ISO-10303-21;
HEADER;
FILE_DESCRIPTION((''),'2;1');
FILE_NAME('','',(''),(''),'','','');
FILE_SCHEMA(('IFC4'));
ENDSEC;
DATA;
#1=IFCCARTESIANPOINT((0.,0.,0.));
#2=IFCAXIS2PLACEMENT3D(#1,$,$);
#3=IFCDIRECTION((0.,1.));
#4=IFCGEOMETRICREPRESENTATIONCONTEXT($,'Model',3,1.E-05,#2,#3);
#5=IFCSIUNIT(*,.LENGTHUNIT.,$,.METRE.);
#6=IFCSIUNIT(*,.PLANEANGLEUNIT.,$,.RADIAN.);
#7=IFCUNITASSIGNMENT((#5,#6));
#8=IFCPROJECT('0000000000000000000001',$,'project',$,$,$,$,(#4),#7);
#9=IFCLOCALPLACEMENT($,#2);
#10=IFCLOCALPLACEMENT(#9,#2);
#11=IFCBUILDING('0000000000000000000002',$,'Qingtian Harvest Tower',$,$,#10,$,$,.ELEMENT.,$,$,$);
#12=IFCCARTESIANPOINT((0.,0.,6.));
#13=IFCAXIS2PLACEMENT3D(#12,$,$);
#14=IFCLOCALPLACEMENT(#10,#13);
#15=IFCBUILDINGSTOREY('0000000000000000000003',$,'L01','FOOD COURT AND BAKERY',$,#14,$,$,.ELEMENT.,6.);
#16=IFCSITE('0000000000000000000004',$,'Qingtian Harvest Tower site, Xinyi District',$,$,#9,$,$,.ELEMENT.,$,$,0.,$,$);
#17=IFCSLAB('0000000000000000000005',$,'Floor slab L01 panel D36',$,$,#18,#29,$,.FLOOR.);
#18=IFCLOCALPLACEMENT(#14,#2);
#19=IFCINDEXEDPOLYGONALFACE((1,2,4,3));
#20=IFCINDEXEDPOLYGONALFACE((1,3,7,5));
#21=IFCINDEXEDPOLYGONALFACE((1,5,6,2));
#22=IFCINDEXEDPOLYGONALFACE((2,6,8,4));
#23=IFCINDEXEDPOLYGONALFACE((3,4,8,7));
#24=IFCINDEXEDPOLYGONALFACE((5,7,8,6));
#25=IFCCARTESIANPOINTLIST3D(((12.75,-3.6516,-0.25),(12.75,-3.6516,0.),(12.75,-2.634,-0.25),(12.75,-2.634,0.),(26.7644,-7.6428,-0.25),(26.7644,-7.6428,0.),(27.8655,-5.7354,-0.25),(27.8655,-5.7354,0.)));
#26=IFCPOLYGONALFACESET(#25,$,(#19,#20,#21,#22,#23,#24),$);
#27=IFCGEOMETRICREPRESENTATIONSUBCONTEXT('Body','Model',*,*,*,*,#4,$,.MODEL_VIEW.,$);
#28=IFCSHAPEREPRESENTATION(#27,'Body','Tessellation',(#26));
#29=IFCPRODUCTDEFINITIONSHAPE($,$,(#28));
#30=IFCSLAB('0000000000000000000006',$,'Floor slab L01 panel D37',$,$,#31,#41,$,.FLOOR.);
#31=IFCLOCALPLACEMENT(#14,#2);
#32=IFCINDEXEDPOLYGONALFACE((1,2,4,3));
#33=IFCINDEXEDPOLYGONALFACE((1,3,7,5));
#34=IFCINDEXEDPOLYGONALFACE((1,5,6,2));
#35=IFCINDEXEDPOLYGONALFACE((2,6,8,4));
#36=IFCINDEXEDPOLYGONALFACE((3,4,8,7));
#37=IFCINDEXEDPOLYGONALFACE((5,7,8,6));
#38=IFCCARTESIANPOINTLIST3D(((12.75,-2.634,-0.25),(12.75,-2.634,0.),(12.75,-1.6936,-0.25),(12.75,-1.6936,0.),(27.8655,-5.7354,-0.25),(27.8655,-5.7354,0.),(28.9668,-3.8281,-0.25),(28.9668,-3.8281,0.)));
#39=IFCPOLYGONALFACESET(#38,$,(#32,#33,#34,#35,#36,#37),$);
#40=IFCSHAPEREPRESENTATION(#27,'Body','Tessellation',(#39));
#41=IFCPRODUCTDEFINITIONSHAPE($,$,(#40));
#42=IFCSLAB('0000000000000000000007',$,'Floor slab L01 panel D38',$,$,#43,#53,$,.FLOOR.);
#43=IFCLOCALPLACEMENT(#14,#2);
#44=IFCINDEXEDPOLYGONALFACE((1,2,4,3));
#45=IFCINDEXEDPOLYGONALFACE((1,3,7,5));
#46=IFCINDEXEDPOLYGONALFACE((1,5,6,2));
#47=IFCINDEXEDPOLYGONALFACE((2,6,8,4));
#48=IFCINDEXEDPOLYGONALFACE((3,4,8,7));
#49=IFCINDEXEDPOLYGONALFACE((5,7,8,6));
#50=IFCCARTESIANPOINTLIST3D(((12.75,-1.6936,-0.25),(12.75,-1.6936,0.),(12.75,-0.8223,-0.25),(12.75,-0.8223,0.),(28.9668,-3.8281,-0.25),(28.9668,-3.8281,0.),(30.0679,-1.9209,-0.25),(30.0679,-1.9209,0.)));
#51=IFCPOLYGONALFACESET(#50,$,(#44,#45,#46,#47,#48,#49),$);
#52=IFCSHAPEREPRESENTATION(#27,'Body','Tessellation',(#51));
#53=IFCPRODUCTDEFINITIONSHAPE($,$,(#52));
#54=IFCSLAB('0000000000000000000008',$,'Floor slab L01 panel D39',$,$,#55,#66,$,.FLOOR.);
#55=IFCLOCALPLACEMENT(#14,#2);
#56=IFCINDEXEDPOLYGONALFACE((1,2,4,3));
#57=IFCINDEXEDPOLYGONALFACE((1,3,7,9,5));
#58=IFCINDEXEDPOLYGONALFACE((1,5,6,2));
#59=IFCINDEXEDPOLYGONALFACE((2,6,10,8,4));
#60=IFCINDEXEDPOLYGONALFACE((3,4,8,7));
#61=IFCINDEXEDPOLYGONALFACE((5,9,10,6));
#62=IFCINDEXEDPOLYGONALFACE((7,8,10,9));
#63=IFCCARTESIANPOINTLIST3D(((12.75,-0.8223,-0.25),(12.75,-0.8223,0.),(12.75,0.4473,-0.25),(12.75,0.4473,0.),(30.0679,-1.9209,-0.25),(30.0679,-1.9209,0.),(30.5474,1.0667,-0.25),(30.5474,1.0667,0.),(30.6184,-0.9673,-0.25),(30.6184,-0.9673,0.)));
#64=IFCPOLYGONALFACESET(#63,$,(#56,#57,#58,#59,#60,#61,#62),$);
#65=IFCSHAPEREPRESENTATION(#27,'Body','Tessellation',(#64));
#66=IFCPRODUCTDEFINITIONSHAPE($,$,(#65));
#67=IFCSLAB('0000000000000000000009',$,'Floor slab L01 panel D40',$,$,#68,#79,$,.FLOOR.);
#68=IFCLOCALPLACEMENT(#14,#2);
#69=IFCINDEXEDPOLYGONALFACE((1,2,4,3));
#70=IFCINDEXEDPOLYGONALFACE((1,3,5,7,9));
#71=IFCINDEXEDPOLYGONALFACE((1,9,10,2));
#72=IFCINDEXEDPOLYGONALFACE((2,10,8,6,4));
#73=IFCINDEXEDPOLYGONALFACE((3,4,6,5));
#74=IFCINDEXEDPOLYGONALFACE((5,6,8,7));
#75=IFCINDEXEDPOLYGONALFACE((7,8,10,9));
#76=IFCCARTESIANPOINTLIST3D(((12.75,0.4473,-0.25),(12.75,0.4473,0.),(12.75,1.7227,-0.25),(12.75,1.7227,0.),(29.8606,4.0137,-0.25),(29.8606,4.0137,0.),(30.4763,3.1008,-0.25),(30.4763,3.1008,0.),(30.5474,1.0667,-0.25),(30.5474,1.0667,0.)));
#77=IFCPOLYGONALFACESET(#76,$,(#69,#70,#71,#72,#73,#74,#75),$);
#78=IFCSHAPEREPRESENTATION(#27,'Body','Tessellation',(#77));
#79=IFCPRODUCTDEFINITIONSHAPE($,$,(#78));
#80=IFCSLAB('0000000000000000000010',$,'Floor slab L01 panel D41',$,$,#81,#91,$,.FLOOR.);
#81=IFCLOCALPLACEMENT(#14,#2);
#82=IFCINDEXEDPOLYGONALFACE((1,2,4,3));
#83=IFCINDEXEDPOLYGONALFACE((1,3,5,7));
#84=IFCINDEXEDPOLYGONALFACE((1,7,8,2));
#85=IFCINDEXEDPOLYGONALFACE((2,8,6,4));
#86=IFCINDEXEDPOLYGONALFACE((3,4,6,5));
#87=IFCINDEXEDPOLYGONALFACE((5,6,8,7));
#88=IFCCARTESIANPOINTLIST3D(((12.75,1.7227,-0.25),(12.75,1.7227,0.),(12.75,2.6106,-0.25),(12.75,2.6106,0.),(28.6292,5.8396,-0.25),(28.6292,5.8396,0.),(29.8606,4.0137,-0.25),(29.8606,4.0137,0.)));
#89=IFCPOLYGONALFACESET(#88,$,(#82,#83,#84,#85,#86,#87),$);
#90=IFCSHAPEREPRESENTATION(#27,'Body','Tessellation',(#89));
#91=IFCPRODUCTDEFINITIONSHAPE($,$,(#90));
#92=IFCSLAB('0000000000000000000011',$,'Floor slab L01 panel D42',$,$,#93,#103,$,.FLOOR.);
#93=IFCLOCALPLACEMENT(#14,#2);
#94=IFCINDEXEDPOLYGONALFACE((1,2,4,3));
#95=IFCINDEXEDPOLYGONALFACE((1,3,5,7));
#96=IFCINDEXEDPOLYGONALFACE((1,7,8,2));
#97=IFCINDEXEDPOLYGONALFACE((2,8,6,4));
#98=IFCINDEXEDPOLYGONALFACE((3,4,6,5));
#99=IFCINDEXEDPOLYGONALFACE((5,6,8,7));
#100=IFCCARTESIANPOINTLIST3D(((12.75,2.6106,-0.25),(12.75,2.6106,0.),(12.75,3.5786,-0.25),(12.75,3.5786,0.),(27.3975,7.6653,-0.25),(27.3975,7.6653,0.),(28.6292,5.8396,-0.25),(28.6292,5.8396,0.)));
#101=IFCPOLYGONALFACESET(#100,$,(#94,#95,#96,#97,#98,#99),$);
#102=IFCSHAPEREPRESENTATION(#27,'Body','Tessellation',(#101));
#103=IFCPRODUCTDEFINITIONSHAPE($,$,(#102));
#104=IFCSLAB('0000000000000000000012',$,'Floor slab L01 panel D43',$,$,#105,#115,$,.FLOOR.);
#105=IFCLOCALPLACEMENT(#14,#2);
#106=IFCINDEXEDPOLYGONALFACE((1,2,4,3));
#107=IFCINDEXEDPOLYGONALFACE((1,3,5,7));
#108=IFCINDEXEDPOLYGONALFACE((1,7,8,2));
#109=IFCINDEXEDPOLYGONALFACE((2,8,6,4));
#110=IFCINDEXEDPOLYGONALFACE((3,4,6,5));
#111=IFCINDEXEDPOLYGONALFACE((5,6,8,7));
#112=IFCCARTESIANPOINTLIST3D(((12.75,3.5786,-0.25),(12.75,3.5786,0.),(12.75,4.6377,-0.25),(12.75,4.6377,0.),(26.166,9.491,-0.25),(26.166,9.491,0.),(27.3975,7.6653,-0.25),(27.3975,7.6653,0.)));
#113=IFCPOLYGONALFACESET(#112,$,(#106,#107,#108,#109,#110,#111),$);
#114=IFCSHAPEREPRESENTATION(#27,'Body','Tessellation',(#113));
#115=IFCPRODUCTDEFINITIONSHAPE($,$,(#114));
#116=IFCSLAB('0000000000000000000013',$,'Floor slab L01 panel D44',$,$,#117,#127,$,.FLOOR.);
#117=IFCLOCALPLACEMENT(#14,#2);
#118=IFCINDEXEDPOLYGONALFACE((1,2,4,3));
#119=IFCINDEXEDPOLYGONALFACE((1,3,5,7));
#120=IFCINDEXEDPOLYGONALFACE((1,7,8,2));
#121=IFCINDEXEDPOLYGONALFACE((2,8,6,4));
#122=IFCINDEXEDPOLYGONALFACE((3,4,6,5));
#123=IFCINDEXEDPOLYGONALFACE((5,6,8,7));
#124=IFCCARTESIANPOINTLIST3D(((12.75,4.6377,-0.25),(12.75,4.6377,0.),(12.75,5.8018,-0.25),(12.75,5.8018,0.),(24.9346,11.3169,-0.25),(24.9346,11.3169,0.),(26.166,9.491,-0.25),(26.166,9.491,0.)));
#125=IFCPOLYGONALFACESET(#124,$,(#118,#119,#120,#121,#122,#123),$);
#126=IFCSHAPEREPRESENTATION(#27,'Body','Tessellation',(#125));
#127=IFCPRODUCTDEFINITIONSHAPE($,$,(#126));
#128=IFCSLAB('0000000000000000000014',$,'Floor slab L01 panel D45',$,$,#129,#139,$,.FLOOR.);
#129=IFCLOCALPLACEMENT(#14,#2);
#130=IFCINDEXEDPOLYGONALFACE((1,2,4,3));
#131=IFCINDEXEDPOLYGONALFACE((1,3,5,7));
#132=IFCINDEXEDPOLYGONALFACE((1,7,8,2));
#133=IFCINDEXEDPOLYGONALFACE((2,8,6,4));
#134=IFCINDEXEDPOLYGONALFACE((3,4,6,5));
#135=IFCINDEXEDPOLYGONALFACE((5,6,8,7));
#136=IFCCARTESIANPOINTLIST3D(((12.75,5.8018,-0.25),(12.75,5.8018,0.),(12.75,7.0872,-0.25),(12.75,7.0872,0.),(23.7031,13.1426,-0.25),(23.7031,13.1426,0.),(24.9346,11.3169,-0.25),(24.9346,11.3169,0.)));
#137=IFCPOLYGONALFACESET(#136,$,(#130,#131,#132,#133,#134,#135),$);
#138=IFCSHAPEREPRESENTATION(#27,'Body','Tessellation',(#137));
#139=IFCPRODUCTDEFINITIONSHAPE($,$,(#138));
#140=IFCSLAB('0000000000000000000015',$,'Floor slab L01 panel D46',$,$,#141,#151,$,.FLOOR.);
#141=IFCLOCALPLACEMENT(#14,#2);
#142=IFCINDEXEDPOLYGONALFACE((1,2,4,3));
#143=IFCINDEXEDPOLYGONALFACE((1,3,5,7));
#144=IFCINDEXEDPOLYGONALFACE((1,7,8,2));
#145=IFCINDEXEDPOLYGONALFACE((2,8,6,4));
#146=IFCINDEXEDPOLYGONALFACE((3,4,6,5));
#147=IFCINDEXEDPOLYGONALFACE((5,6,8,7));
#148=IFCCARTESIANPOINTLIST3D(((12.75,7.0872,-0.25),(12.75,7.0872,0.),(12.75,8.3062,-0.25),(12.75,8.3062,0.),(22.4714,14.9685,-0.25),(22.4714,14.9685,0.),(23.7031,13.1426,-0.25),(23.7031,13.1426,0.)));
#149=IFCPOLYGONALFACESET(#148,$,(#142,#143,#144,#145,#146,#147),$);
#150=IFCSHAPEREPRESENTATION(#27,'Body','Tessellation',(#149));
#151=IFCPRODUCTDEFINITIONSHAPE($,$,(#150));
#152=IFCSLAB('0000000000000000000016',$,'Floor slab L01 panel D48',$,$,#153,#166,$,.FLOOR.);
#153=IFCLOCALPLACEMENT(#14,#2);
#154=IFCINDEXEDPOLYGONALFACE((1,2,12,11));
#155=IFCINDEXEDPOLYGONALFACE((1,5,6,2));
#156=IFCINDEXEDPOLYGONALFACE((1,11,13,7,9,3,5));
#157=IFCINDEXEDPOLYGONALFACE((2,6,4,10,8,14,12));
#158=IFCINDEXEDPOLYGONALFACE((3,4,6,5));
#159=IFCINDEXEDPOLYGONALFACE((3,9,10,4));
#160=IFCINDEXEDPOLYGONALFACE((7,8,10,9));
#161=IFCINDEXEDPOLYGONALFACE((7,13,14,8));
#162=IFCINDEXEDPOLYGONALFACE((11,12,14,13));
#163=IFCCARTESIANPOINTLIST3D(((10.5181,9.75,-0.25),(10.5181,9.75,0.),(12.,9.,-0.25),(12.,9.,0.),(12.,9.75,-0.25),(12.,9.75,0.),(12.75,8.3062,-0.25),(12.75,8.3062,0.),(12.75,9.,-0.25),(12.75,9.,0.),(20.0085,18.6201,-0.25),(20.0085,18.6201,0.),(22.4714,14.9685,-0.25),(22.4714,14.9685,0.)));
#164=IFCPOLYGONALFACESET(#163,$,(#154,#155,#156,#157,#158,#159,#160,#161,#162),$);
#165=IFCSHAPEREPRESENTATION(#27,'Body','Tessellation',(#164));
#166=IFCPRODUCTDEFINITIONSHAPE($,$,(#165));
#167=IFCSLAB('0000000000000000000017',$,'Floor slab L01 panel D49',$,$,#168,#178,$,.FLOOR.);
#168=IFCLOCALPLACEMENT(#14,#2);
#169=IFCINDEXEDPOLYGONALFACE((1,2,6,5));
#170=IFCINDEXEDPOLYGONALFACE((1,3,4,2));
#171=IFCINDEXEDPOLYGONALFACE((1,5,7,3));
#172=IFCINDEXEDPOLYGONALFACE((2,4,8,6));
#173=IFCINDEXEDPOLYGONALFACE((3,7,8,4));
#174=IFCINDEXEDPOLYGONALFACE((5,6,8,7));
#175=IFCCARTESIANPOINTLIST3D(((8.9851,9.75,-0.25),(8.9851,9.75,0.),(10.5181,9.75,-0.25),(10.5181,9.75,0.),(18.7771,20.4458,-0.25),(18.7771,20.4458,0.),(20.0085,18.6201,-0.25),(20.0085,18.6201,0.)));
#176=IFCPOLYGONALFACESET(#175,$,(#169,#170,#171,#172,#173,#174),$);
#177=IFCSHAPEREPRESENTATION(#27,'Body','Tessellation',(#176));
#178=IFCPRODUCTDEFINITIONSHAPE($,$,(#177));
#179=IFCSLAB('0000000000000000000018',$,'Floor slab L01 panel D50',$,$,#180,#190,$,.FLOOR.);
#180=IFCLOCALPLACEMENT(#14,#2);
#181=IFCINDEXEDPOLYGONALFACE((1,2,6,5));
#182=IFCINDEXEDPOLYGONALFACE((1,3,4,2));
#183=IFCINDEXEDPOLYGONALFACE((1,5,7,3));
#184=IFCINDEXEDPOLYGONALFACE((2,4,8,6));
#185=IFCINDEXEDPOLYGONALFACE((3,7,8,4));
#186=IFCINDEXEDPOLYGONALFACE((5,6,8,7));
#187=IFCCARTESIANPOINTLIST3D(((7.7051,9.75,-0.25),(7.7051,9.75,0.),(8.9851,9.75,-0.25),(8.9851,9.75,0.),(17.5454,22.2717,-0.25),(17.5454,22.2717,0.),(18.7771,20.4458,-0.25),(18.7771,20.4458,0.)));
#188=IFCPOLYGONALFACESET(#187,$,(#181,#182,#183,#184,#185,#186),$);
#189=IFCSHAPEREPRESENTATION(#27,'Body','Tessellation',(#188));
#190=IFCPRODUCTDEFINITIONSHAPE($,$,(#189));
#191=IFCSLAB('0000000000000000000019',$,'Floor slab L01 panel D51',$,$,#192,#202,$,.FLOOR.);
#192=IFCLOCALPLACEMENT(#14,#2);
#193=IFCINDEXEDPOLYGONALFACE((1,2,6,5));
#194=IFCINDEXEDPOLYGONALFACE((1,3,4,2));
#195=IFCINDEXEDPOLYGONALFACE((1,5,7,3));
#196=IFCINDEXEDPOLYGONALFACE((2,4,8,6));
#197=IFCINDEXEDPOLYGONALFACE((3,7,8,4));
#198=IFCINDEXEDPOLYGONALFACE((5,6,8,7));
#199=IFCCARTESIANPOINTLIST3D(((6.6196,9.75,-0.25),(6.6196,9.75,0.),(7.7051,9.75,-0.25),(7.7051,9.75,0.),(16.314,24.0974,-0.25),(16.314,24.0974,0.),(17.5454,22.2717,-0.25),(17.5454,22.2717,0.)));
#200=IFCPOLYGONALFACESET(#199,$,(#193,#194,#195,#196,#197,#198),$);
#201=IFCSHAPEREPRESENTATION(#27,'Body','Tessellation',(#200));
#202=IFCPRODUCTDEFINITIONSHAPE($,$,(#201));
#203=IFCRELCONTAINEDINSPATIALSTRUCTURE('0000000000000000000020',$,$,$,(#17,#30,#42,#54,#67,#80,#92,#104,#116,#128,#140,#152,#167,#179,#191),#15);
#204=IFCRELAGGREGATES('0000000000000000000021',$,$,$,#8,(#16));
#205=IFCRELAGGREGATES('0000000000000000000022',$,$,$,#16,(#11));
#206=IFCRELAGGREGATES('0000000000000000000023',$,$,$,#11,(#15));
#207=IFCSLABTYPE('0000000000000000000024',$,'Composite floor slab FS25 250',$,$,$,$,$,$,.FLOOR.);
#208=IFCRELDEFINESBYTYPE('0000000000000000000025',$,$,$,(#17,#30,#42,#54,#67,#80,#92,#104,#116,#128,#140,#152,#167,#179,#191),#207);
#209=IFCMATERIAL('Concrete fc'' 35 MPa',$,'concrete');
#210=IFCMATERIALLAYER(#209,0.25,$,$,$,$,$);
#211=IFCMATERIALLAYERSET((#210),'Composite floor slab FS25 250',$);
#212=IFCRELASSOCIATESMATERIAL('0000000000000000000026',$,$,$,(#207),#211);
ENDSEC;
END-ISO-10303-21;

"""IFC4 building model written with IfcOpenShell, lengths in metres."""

from ifc_helpers import new_model, si_unit, direction, frame, origin, place, context, subcontext, project, spatial, polyline, outline, extrude, material, layer, layer_set, type_object, element, save


model = new_model("IFC4")

# Units and contexts
model_context = context("Model", 3, precision=1e-05, world=origin(), true_north=direction((0.0, 1.0)))
body_context = subcontext(model_context, "Body", "Model", "MODEL_VIEW")
ifc_project = project(units=[si_unit("LENGTHUNIT", "METRE"), si_unit("PLANEANGLEUNIT", "RADIAN")], contexts=[model_context])

# Site, building, storey
site_placement = place(None, origin())
site = spatial("IfcSite", under=ifc_project, at=site_placement, Name="Qingtian Harvest Tower site, Xinyi District", CompositionType="ELEMENT", RefElevation=0.0)
building_placement = place(site_placement, origin())
building = spatial("IfcBuilding", under=site, at=building_placement, Name="Qingtian Harvest Tower", CompositionType="ELEMENT")
storey_placement = place(building_placement, frame((0.0, 0.0, 6.0)))
storey = spatial("IfcBuildingStorey", under=building, at=storey_placement, Name="L01", Description="FOOD COURT AND BAKERY", CompositionType="ELEMENT", Elevation=6.0)

# Slabs
ifc_material = material(Name="Concrete fc' 35 MPa", Category="concrete")
ifc_layer = layer(ifc_material, 0.25)
ifc_layer_set = layer_set([ifc_layer], Name="Composite floor slab FS25 250")
slab_type = type_object("IfcSlabType", Name="Composite floor slab FS25 250", PredefinedType="FLOOR", material=ifc_layer_set)
slab_1_placement = place(storey_placement, frame((0.0, 0.0, -0.25)))
element("IfcSlab", 1, at=slab_1_placement, inside=storey, type_object=slab_type, Name="Floor slab L01 panel D36", PredefinedType="FLOOR", context=body_context, shape_type="SweptSolid", body=[
    extrude(outline(polyline([(12.75, -2.634), (27.8655, -5.7354), (26.7644, -7.6428), (12.75, -3.6516), (12.75, -2.634)])), origin(), (0.0, 0.0, 1.0), 0.25),
])
slab_2_placement = place(storey_placement, frame((0.0, 0.0, -0.25)))
element("IfcSlab", 2, at=slab_2_placement, inside=storey, type_object=slab_type, Name="Floor slab L01 panel D37", PredefinedType="FLOOR", context=body_context, shape_type="SweptSolid", body=[
    extrude(outline(polyline([(12.75, -1.6936), (28.9668, -3.8281), (27.8655, -5.7354), (12.75, -2.634), (12.75, -1.6936)])), origin(), (0.0, 0.0, 1.0), 0.25),
])
slab_3_placement = place(storey_placement, frame((0.0, 0.0, -0.25)))
element("IfcSlab", 3, at=slab_3_placement, inside=storey, type_object=slab_type, Name="Floor slab L01 panel D38", PredefinedType="FLOOR", context=body_context, shape_type="SweptSolid", body=[
    extrude(outline(polyline([(12.75, -0.8223), (30.0679, -1.9209), (28.9668, -3.8281), (12.75, -1.6936), (12.75, -0.8223)])), origin(), (0.0, 0.0, 1.0), 0.25),
])
slab_4_placement = place(storey_placement, frame((0.0, 0.0, -0.25)))
element("IfcSlab", 4, at=slab_4_placement, inside=storey, type_object=slab_type, Name="Floor slab L01 panel D39", PredefinedType="FLOOR", context=body_context, shape_type="SweptSolid", body=[
    extrude(outline(polyline([(12.75, -0.8223), (12.75, 0.4473), (30.5474, 1.0667), (30.6184, -0.9673), (30.0679, -1.9209), (12.75, -0.8223)])), origin(), (0.0, 0.0, 1.0), 0.25),
])
slab_5_placement = place(storey_placement, frame((0.0, 0.0, -0.25)))
element("IfcSlab", 5, at=slab_5_placement, inside=storey, type_object=slab_type, Name="Floor slab L01 panel D40", PredefinedType="FLOOR", context=body_context, shape_type="SweptSolid", body=[
    extrude(outline(polyline([(12.75, 0.4473), (12.75, 1.7227), (29.8606, 4.0137), (30.4763, 3.1008), (30.5474, 1.0667), (12.75, 0.4473)])), origin(), (0.0, 0.0, 1.0), 0.25),
])
slab_6_placement = place(storey_placement, frame((0.0, 0.0, -0.25)))
element("IfcSlab", 6, at=slab_6_placement, inside=storey, type_object=slab_type, Name="Floor slab L01 panel D41", PredefinedType="FLOOR", context=body_context, shape_type="SweptSolid", body=[
    extrude(outline(polyline([(12.75, 2.6106), (28.6292, 5.8396), (29.8606, 4.0137), (12.75, 1.7227), (12.75, 2.6106)])), origin(), (0.0, 0.0, 1.0), 0.25),
])
slab_7_placement = place(storey_placement, frame((0.0, 0.0, -0.25)))
element("IfcSlab", 7, at=slab_7_placement, inside=storey, type_object=slab_type, Name="Floor slab L01 panel D42", PredefinedType="FLOOR", context=body_context, shape_type="SweptSolid", body=[
    extrude(outline(polyline([(12.75, 3.5786), (27.3975, 7.6653), (28.6292, 5.8396), (12.75, 2.6106), (12.75, 3.5786)])), origin(), (0.0, 0.0, 1.0), 0.25),
])
slab_8_placement = place(storey_placement, frame((0.0, 0.0, -0.25)))
element("IfcSlab", 8, at=slab_8_placement, inside=storey, type_object=slab_type, Name="Floor slab L01 panel D43", PredefinedType="FLOOR", context=body_context, shape_type="SweptSolid", body=[
    extrude(outline(polyline([(12.75, 4.6377), (26.166, 9.491), (27.3975, 7.6653), (12.75, 3.5786), (12.75, 4.6377)])), origin(), (0.0, 0.0, 1.0), 0.25),
])
slab_9_placement = place(storey_placement, frame((0.0, 0.0, -0.25)))
element("IfcSlab", 9, at=slab_9_placement, inside=storey, type_object=slab_type, Name="Floor slab L01 panel D44", PredefinedType="FLOOR", context=body_context, shape_type="SweptSolid", body=[
    extrude(outline(polyline([(12.75, 5.8018), (24.9346, 11.3169), (26.166, 9.491), (12.75, 4.6377), (12.75, 5.8018)])), origin(), (0.0, 0.0, 1.0), 0.25),
])
slab_10_placement = place(storey_placement, frame((0.0, 0.0, -0.25)))
element("IfcSlab", 10, at=slab_10_placement, inside=storey, type_object=slab_type, Name="Floor slab L01 panel D45", PredefinedType="FLOOR", context=body_context, shape_type="SweptSolid", body=[
    extrude(outline(polyline([(12.75, 7.0872), (23.7031, 13.1426), (24.9346, 11.3169), (12.75, 5.8018), (12.75, 7.0872)])), origin(), (0.0, 0.0, 1.0), 0.25),
])
slab_11_placement = place(storey_placement, frame((0.0, 0.0, -0.25)))
element("IfcSlab", 11, at=slab_11_placement, inside=storey, type_object=slab_type, Name="Floor slab L01 panel D46", PredefinedType="FLOOR", context=body_context, shape_type="SweptSolid", body=[
    extrude(outline(polyline([(12.75, 8.3062), (22.4714, 14.9685), (23.7031, 13.1426), (12.75, 7.0872), (12.75, 8.3062)])), origin(), (0.0, 0.0, 1.0), 0.25),
])
slab_12_placement = place(storey_placement, frame((0.0, 0.0, -0.25)))
element("IfcSlab", 12, at=slab_12_placement, inside=storey, type_object=slab_type, Name="Floor slab L01 panel D48", PredefinedType="FLOOR", context=body_context, shape_type="SweptSolid", body=[
    extrude(outline(polyline([(20.0085, 18.6201), (22.4714, 14.9685), (12.75, 8.3062), (12.75, 9.0), (12.0, 9.0), (12.0, 9.75), (10.5181, 9.75), (20.0085, 18.6201)])), origin(), (0.0, 0.0, 1.0), 0.25),
])
slab_13_placement = place(storey_placement, frame((0.0, 0.0, -0.25)))
element("IfcSlab", 13, at=slab_13_placement, inside=storey, type_object=slab_type, Name="Floor slab L01 panel D49", PredefinedType="FLOOR", context=body_context, shape_type="SweptSolid", body=[
    extrude(outline(polyline([(8.9851, 9.75), (18.7771, 20.4458), (20.0085, 18.6201), (10.5181, 9.75), (8.9851, 9.75)])), origin(), (0.0, 0.0, 1.0), 0.25),
])
slab_14_placement = place(storey_placement, frame((0.0, 0.0, -0.25)))
element("IfcSlab", 14, at=slab_14_placement, inside=storey, type_object=slab_type, Name="Floor slab L01 panel D50", PredefinedType="FLOOR", context=body_context, shape_type="SweptSolid", body=[
    extrude(outline(polyline([(7.7051, 9.75), (17.5454, 22.2717), (18.7771, 20.4458), (8.9851, 9.75), (7.7051, 9.75)])), origin(), (0.0, 0.0, 1.0), 0.25),
])
slab_15_placement = place(storey_placement, frame((0.0, 0.0, -0.25)))
element("IfcSlab", 15, at=slab_15_placement, inside=storey, type_object=slab_type, Name="Floor slab L01 panel D51", PredefinedType="FLOOR", context=body_context, shape_type="SweptSolid", body=[
    extrude(outline(polyline([(6.6196, 9.75), (16.314, 24.0974), (17.5454, 22.2717), (7.7051, 9.75), (6.6196, 9.75)])), origin(), (0.0, 0.0, 1.0), 0.25),
])

save(model, "model.ifc")
